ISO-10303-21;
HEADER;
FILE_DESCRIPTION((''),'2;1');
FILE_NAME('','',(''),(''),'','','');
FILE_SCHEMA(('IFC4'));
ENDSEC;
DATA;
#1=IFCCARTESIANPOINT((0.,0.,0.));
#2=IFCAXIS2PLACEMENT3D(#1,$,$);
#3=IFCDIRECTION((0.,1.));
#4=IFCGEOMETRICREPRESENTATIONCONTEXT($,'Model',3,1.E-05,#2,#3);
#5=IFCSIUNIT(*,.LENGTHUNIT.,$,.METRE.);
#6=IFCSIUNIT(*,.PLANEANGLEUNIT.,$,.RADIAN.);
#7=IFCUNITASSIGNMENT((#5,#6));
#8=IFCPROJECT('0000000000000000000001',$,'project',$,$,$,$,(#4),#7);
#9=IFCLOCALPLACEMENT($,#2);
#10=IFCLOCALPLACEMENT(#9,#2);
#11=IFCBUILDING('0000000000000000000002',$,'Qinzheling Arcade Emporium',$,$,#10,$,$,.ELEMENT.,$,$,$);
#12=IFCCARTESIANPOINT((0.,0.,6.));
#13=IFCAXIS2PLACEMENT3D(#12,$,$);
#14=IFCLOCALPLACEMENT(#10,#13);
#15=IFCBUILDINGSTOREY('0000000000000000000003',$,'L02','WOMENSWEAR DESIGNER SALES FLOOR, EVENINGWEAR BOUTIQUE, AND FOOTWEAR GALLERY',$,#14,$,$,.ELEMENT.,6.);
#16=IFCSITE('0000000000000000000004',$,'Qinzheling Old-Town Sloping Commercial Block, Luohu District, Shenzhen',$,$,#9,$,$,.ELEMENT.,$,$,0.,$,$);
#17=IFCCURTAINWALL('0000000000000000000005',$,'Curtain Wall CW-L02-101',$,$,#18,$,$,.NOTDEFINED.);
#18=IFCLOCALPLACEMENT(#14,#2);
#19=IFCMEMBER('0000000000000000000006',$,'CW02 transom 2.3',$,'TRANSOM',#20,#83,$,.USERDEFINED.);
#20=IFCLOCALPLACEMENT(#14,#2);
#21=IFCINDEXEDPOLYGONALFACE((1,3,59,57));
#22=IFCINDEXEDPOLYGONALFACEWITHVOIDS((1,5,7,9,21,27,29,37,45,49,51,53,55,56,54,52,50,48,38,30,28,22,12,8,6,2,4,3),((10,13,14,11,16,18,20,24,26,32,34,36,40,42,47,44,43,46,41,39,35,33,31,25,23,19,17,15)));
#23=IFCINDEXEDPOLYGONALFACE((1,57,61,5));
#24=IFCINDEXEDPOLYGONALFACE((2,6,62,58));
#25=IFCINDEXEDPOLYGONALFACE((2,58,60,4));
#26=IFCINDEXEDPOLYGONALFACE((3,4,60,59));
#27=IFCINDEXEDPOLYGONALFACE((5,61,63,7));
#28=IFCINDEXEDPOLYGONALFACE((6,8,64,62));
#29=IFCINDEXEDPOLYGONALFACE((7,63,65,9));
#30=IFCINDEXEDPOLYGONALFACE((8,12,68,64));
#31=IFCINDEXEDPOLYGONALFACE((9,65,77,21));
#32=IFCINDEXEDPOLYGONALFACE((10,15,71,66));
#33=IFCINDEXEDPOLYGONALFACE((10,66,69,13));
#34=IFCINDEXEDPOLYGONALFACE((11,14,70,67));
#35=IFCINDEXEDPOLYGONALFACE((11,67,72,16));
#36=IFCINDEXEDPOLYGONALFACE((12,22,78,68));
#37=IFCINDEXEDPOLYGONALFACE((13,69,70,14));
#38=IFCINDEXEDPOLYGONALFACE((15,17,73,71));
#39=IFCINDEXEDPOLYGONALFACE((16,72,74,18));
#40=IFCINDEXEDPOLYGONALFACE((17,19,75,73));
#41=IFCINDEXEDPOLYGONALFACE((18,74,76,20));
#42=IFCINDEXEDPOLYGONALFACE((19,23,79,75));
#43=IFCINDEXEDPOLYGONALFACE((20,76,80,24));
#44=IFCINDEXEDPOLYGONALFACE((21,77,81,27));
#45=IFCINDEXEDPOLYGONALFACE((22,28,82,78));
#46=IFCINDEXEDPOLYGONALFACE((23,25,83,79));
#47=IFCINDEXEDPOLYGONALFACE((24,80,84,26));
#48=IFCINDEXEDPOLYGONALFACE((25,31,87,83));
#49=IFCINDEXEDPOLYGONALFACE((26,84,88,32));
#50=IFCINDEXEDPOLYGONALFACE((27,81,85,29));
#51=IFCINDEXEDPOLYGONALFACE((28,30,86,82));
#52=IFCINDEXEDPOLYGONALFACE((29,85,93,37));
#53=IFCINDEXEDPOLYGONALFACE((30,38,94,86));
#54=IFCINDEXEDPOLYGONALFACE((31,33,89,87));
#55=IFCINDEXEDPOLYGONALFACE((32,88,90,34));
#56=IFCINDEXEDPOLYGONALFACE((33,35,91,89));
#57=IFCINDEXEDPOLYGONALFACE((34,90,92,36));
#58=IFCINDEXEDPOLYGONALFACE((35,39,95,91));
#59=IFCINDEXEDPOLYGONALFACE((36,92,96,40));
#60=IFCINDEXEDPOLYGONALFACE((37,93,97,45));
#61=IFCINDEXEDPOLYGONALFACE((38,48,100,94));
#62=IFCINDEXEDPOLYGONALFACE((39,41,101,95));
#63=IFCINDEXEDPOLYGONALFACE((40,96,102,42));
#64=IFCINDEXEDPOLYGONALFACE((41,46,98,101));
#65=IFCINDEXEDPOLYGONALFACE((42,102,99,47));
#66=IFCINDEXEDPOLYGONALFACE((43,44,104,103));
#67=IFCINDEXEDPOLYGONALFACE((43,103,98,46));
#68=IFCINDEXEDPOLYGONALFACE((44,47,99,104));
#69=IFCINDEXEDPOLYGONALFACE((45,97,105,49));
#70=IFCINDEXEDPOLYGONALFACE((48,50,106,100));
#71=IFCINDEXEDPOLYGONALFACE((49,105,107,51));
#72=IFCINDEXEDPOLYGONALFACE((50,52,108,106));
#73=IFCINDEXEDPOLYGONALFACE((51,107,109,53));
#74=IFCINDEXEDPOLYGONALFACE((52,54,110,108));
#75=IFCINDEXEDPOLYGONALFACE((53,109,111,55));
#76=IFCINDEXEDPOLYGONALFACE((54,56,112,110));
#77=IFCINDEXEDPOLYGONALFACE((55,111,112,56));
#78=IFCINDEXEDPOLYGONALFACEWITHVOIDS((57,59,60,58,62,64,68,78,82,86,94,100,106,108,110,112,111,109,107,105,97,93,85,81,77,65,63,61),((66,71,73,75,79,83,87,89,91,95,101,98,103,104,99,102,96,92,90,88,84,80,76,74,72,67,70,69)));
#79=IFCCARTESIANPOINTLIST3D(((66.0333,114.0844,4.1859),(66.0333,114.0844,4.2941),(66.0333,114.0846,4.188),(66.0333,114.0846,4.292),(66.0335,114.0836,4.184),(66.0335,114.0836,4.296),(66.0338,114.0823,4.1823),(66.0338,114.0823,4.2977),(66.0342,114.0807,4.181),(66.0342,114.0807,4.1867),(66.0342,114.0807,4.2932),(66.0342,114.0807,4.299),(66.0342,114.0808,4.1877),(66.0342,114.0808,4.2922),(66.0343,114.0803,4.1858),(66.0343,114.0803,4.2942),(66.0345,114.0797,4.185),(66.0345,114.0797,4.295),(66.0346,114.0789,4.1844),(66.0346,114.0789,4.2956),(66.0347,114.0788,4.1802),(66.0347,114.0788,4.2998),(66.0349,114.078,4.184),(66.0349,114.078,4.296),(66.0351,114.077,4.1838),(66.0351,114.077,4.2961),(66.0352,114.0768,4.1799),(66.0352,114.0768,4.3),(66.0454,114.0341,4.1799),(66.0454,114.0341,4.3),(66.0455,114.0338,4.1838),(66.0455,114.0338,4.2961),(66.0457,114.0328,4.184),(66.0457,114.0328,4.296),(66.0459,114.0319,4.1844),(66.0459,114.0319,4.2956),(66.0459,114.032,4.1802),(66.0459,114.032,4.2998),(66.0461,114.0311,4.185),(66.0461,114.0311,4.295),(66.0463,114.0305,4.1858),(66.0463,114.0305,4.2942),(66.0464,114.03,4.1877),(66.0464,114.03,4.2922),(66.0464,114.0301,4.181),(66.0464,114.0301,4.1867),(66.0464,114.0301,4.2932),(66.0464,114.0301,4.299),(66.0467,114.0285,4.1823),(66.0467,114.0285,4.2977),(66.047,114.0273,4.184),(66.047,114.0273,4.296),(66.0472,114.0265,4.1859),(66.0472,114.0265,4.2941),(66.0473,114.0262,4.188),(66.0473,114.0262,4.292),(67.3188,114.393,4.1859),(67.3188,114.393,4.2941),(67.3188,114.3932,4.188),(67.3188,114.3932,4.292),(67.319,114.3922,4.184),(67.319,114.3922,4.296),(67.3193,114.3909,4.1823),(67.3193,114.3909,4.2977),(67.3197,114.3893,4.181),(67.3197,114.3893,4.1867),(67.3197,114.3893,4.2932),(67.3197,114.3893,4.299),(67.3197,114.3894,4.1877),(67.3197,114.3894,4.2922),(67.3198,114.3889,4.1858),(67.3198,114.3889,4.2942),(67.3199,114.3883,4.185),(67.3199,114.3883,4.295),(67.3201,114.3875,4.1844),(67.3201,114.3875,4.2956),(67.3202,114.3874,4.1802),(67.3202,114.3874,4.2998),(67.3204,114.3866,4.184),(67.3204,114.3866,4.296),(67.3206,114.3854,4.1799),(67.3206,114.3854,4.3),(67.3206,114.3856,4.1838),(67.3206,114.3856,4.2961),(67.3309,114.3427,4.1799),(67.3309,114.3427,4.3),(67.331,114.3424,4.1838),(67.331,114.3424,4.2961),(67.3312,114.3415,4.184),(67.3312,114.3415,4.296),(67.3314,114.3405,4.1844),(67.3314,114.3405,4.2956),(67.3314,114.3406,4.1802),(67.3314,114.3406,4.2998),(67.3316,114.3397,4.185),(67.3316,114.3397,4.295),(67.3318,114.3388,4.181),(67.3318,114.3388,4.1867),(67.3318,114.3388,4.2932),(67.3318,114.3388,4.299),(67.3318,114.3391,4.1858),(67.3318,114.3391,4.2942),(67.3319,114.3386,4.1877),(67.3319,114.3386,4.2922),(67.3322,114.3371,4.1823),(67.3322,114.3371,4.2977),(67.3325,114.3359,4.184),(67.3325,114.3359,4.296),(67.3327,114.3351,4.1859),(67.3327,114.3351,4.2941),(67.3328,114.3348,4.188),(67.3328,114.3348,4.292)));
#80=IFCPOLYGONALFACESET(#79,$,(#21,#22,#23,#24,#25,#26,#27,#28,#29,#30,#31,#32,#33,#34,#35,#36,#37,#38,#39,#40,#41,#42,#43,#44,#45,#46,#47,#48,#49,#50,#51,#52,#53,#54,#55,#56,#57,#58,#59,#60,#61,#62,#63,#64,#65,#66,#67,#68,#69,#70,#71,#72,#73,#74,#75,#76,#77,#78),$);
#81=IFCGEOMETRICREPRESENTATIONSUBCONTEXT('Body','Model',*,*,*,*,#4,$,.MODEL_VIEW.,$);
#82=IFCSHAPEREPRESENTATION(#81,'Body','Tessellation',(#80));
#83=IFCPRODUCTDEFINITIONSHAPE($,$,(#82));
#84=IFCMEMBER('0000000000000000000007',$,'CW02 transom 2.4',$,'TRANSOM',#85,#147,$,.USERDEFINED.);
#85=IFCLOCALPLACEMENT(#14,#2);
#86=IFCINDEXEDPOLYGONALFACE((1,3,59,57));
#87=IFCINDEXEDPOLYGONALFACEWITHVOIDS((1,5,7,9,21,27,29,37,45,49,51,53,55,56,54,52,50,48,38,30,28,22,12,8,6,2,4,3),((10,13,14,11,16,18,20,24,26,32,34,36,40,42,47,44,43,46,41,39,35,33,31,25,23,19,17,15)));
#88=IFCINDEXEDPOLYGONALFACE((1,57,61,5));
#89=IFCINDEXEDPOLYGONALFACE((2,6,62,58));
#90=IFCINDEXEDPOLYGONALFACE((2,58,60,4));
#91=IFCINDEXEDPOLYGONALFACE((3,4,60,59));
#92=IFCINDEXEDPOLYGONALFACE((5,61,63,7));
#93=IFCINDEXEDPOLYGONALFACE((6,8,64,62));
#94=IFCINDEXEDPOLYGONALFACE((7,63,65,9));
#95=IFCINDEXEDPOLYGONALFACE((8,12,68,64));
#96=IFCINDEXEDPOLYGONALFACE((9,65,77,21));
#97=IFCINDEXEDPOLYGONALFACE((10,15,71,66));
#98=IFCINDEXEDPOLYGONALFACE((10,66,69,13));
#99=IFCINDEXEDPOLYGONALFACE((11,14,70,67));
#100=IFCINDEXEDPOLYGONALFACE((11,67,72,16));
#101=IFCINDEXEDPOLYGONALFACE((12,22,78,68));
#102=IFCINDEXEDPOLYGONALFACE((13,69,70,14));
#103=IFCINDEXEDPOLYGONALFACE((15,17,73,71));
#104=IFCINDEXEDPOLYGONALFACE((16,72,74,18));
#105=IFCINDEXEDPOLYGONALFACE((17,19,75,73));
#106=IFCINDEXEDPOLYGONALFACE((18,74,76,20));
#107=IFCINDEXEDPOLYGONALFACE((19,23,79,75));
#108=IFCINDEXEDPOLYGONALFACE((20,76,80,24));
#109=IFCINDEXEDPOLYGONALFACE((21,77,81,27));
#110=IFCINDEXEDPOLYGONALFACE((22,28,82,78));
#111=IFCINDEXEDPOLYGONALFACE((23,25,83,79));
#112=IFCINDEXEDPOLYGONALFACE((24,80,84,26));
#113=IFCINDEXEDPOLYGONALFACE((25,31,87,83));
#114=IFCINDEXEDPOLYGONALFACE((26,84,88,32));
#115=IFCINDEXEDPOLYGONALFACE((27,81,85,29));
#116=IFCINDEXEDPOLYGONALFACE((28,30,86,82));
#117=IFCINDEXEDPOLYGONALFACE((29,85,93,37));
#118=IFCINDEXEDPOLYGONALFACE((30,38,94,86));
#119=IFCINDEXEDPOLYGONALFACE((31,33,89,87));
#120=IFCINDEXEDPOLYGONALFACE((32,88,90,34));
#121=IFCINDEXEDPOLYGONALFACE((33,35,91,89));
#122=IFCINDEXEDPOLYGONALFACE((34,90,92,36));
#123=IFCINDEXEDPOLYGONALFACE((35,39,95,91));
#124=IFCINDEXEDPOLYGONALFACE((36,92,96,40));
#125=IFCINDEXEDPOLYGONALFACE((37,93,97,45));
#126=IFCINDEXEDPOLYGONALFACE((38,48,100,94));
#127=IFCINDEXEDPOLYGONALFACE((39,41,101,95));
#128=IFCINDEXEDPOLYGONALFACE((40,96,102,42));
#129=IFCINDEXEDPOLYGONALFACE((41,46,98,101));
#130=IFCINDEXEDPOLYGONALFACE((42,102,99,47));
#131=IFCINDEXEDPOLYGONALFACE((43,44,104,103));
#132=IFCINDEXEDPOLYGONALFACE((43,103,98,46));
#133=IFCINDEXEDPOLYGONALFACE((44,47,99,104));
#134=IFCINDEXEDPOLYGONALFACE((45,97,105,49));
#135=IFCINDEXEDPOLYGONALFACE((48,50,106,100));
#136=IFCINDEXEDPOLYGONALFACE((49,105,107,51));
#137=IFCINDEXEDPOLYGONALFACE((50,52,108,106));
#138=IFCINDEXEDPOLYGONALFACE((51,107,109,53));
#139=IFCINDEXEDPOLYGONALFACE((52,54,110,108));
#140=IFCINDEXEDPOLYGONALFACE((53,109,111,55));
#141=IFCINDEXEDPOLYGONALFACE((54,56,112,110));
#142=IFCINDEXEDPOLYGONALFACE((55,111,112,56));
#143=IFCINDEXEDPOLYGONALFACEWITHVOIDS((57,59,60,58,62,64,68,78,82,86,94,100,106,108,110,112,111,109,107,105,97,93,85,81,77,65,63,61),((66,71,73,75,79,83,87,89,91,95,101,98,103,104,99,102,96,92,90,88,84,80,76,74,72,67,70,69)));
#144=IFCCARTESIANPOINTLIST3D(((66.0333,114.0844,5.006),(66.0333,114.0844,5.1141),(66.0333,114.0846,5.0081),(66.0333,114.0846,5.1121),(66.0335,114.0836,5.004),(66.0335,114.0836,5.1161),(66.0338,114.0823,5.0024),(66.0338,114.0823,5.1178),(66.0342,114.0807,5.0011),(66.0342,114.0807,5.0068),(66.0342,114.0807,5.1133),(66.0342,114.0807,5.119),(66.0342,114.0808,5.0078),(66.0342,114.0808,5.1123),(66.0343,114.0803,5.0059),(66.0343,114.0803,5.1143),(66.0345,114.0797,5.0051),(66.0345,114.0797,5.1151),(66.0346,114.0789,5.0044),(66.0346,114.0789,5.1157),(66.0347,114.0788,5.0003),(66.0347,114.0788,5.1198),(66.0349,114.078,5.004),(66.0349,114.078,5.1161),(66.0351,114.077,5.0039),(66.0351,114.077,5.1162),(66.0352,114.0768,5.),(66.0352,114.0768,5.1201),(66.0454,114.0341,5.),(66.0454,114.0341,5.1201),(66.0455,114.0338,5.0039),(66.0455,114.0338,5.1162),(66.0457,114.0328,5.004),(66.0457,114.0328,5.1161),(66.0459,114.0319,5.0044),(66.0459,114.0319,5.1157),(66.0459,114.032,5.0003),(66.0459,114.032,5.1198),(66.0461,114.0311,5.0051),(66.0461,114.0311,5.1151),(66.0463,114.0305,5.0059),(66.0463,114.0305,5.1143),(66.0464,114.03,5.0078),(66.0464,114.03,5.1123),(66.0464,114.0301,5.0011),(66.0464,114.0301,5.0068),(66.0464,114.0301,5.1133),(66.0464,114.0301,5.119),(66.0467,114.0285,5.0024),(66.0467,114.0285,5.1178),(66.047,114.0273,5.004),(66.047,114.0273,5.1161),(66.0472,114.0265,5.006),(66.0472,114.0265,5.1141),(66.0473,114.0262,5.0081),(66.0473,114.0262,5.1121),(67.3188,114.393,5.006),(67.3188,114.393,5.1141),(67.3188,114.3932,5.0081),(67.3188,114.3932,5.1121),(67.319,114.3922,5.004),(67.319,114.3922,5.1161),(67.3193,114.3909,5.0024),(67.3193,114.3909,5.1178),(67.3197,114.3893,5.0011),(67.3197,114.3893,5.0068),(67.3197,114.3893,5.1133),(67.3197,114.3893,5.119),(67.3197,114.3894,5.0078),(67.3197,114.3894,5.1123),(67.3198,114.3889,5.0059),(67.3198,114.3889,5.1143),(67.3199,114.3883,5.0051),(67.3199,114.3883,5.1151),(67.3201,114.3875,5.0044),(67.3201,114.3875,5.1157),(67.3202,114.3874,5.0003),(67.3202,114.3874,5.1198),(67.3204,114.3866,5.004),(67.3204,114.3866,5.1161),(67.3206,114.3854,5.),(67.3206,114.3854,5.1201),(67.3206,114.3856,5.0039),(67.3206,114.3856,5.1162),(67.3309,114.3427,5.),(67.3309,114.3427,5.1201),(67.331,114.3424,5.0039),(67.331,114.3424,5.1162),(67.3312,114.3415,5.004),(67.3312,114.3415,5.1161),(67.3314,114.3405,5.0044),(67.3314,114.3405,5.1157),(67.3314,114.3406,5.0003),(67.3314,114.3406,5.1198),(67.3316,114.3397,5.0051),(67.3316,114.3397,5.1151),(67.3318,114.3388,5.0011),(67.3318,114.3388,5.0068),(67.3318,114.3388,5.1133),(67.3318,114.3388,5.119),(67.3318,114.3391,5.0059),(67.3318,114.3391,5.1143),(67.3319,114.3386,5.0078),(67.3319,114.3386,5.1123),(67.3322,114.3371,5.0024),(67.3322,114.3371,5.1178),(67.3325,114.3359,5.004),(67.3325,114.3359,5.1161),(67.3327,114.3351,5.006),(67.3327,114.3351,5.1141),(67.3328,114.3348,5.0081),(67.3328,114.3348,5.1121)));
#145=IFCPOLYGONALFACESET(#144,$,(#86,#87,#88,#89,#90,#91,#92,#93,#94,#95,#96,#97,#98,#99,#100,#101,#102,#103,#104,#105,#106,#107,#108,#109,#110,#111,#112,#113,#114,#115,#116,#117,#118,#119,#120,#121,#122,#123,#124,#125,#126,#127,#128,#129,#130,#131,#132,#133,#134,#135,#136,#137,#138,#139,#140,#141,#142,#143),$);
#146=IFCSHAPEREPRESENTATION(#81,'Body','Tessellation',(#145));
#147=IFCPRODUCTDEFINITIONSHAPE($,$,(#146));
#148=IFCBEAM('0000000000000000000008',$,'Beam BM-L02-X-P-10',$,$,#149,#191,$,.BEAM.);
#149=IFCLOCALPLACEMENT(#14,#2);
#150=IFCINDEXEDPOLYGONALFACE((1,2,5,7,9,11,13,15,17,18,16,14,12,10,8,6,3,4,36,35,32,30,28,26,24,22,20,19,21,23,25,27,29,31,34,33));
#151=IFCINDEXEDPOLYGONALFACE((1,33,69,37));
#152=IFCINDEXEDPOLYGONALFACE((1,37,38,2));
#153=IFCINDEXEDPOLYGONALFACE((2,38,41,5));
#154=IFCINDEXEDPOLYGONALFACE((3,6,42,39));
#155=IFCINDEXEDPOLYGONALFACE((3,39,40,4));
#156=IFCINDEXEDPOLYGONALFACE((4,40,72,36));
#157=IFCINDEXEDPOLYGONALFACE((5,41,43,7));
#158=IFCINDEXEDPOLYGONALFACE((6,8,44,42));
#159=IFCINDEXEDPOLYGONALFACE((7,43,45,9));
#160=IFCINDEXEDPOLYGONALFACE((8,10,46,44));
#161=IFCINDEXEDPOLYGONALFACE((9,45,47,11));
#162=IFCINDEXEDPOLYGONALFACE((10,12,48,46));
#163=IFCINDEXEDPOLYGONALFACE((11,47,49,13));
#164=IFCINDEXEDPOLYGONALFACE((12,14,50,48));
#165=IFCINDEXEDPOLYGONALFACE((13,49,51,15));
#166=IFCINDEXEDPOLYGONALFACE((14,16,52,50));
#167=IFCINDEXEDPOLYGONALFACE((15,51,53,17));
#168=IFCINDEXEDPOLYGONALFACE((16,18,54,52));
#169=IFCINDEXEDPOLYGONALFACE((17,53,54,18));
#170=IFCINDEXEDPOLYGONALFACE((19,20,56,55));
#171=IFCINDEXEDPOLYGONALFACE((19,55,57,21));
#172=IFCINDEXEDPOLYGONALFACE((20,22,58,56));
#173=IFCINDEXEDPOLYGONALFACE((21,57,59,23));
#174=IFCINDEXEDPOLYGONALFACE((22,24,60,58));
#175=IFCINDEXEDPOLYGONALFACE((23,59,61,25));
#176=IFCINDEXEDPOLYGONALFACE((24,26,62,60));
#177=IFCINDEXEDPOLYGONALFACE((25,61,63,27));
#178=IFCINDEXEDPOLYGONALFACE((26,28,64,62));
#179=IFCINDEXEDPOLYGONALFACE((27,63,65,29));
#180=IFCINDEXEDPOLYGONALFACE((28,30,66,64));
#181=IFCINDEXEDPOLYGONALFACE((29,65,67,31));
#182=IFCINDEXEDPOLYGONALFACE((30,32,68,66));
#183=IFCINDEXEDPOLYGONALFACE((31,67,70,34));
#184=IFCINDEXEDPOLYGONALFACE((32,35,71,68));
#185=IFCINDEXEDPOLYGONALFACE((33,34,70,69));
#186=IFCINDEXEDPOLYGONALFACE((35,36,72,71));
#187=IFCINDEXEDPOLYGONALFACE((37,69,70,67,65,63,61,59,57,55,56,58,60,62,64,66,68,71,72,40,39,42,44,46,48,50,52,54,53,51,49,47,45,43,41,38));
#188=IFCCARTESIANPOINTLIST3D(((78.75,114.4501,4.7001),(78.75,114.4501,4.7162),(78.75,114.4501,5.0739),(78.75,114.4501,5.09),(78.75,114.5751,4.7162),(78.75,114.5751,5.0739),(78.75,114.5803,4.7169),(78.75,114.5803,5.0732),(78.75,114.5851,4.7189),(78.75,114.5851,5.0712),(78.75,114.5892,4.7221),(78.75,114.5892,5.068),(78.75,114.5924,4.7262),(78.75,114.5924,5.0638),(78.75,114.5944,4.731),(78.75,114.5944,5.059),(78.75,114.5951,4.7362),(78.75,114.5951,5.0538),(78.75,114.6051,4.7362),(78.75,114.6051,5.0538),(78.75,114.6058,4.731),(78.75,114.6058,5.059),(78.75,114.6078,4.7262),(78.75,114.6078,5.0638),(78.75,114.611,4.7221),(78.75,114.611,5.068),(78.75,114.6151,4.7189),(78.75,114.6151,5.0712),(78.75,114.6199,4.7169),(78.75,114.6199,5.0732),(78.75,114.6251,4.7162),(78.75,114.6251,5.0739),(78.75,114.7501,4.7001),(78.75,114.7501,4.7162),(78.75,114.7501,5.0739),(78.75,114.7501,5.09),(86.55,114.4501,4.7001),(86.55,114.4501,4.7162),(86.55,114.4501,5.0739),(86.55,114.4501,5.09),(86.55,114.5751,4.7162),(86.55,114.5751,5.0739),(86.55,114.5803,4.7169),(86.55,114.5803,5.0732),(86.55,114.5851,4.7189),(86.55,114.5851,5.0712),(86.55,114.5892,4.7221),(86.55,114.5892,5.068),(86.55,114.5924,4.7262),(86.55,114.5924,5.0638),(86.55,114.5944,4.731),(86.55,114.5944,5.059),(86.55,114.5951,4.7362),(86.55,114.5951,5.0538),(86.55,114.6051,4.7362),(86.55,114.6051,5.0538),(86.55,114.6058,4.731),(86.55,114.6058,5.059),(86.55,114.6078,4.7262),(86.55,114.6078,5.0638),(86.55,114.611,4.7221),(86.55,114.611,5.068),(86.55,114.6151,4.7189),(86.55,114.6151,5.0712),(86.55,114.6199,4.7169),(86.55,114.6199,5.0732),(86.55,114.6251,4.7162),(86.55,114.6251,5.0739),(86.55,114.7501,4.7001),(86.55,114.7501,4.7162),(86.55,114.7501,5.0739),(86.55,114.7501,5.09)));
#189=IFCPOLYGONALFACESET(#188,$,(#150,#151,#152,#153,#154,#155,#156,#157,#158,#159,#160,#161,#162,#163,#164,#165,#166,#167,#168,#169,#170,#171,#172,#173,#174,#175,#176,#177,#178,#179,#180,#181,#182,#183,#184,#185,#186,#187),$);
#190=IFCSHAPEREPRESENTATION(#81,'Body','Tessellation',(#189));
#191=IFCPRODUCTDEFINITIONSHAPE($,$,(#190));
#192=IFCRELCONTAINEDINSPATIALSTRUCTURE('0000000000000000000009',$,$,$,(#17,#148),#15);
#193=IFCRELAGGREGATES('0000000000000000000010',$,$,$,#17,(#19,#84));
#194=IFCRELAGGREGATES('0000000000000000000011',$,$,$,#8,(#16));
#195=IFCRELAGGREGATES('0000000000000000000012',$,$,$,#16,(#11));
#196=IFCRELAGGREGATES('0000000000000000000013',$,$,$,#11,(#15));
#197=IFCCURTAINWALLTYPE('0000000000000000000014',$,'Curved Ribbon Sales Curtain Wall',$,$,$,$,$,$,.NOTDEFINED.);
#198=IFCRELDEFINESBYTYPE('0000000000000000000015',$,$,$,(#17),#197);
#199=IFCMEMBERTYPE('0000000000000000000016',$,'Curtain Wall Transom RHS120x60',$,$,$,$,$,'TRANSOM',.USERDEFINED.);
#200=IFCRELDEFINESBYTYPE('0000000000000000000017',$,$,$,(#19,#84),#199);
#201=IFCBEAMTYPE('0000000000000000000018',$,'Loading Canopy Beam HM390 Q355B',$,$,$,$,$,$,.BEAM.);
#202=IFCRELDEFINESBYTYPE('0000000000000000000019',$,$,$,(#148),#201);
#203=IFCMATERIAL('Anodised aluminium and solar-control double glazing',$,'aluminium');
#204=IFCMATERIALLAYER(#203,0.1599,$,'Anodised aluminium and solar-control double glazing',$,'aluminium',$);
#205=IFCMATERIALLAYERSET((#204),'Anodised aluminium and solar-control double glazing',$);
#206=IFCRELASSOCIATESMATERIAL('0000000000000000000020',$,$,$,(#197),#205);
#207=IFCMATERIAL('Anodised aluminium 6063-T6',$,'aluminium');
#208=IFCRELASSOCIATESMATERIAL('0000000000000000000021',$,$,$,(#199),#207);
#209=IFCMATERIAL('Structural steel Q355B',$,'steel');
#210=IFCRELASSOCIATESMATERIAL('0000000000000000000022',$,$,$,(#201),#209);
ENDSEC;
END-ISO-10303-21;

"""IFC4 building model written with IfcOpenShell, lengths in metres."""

from ifc_helpers import new_model, si_unit, direction, frame, origin, origin_2d, place, context, subcontext, project, spatial, hollow_rectangle, i_section, extrude, material, layer, layer_set, material_profile, profile_set, type_object, element, aggregate, save


model = new_model("IFC4")

# Units and contexts
model_context = context("Model", 3, precision=1e-05, world=origin(), true_north=direction((0.0, 1.0)))
body_context = subcontext(model_context, "Body", "Model", "MODEL_VIEW")
ifc_project = project(units=[si_unit("LENGTHUNIT", "METRE"), si_unit("PLANEANGLEUNIT", "RADIAN")], contexts=[model_context])

# Site, building, storey
site_placement = place(None, origin())
site = spatial("IfcSite", under=ifc_project, at=site_placement, Name="Qinzheling Old-Town Sloping Commercial Block, Luohu District, Shenzhen", CompositionType="ELEMENT", RefElevation=0.0)
building_placement = place(site_placement, origin())
building = spatial("IfcBuilding", under=site, at=building_placement, Name="Qinzheling Arcade Emporium", CompositionType="ELEMENT")
storey_placement = place(building_placement, frame((0.0, 0.0, 6.0)))
storey = spatial("IfcBuildingStorey", under=building, at=storey_placement, Name="L02", Description="WOMENSWEAR DESIGNER SALES FLOOR, EVENINGWEAR BOUTIQUE, AND FOOTWEAR GALLERY", CompositionType="ELEMENT", Elevation=6.0)

# Curtain wall, members
ifc_material_1 = material(Name="Anodised aluminium and solar-control double glazing", Category="aluminium")
ifc_layer_1 = layer(ifc_material_1, 0.1599, Name="Anodised aluminium and solar-control double glazing", Category="aluminium")
ifc_layer_set_1 = layer_set([ifc_layer_1], Name="Anodised aluminium and solar-control double glazing")
curtain_wall_type = type_object("IfcCurtainWallType", Name="Curved Ribbon Sales Curtain Wall", PredefinedType="NOTDEFINED", material=ifc_layer_set_1)
curtain_wall_placement = place(storey_placement, origin())
curtain_wall = element("IfcCurtainWall", 1, at=curtain_wall_placement, inside=storey, type_object=curtain_wall_type, Name="Curtain Wall CW-L02-101", PredefinedType="NOTDEFINED")
ifc_material_2 = material(Name="Anodised aluminium 6063-T6", Category="aluminium")
ifc_material_profile_1 = material_profile(ifc_material_2, hollow_rectangle(XDim=0.0601, YDim=0.1201, WallThickness=0.0039, InnerFilletRadius=0.0039, OuterFilletRadius=0.0081, at=origin_2d()), Name="RHS 120x60x4", Category="aluminium")
ifc_profile_set_1 = profile_set([ifc_material_profile_1], Name="Anodised aluminium 6063-T6")
member_type_1 = type_object("IfcMemberType", Name="Curtain Wall Transom RHS120x60", ElementType="TRANSOM", PredefinedType="USERDEFINED", material=ifc_profile_set_1)
member_1_placement = place(storey_placement, frame((66.0403, 114.0554, 4.24), z_axis=(0.972371, 0.233443, 0.0), x_axis=(-0.233443, 0.972371, 0.0)))
member_1 = element("IfcMember", 2, at=member_1_placement, type_object=member_type_1, Name="CW02 transom 2.3", ObjectType="TRANSOM", PredefinedType="USERDEFINED", context=body_context, shape_type="SweptSolid", body=[
    extrude(hollow_rectangle(XDim=0.0601, YDim=0.1201, WallThickness=0.0039, InnerFilletRadius=0.0039, OuterFilletRadius=0.0081, at=origin_2d()), origin(), (0.0, 0.0, 1.0), 1.322),
])
member_2_placement = place(storey_placement, frame((66.0403, 114.0554, 5.0601), z_axis=(0.972371, 0.233443, 0.0), x_axis=(-0.233443, 0.972371, 0.0)))
member_2 = element("IfcMember", 3, at=member_2_placement, type_object=member_type_1, Name="CW02 transom 2.4", ObjectType="TRANSOM", PredefinedType="USERDEFINED", context=body_context, shape_type="SweptSolid", body=[
    extrude(hollow_rectangle(XDim=0.0601, YDim=0.1201, WallThickness=0.0039, InnerFilletRadius=0.0039, OuterFilletRadius=0.0081, at=origin_2d()), origin(), (0.0, 0.0, 1.0), 1.322),
])

# Beam
ifc_material_3 = material(Name="Structural steel Q355B", Category="steel")
ifc_material_profile_2 = material_profile(ifc_material_3, i_section(OverallWidth=0.3, OverallDepth=0.3899, WebThickness=0.01, FlangeThickness=0.0161, FilletRadius=0.02, at=origin_2d()), Name="HM 390x300x10x16", Category="steel")
ifc_profile_set_2 = profile_set([ifc_material_profile_2], Name="Structural steel Q355B")
beam_type = type_object("IfcBeamType", Name="Loading Canopy Beam HM390 Q355B", PredefinedType="BEAM", material=ifc_profile_set_2)
beam_placement = place(storey_placement, frame((78.75, 114.6001, 4.895), z_axis=(1.0, 0.0, 0.0), x_axis=(0.0, 1.0, 0.0)))
element("IfcBeam", 4, at=beam_placement, inside=storey, type_object=beam_type, Name="Beam BM-L02-X-P-10", PredefinedType="BEAM", context=body_context, shape_type="SweptSolid", body=[
    extrude(i_section(OverallWidth=0.3, OverallDepth=0.3899, WebThickness=0.01, FlangeThickness=0.0161, FilletRadius=0.02, at=origin_2d()), origin(), (0.0, 0.0, 1.0), 7.8),
])

aggregate(curtain_wall, [member_1, member_2])

save(model, "model.ifc")
